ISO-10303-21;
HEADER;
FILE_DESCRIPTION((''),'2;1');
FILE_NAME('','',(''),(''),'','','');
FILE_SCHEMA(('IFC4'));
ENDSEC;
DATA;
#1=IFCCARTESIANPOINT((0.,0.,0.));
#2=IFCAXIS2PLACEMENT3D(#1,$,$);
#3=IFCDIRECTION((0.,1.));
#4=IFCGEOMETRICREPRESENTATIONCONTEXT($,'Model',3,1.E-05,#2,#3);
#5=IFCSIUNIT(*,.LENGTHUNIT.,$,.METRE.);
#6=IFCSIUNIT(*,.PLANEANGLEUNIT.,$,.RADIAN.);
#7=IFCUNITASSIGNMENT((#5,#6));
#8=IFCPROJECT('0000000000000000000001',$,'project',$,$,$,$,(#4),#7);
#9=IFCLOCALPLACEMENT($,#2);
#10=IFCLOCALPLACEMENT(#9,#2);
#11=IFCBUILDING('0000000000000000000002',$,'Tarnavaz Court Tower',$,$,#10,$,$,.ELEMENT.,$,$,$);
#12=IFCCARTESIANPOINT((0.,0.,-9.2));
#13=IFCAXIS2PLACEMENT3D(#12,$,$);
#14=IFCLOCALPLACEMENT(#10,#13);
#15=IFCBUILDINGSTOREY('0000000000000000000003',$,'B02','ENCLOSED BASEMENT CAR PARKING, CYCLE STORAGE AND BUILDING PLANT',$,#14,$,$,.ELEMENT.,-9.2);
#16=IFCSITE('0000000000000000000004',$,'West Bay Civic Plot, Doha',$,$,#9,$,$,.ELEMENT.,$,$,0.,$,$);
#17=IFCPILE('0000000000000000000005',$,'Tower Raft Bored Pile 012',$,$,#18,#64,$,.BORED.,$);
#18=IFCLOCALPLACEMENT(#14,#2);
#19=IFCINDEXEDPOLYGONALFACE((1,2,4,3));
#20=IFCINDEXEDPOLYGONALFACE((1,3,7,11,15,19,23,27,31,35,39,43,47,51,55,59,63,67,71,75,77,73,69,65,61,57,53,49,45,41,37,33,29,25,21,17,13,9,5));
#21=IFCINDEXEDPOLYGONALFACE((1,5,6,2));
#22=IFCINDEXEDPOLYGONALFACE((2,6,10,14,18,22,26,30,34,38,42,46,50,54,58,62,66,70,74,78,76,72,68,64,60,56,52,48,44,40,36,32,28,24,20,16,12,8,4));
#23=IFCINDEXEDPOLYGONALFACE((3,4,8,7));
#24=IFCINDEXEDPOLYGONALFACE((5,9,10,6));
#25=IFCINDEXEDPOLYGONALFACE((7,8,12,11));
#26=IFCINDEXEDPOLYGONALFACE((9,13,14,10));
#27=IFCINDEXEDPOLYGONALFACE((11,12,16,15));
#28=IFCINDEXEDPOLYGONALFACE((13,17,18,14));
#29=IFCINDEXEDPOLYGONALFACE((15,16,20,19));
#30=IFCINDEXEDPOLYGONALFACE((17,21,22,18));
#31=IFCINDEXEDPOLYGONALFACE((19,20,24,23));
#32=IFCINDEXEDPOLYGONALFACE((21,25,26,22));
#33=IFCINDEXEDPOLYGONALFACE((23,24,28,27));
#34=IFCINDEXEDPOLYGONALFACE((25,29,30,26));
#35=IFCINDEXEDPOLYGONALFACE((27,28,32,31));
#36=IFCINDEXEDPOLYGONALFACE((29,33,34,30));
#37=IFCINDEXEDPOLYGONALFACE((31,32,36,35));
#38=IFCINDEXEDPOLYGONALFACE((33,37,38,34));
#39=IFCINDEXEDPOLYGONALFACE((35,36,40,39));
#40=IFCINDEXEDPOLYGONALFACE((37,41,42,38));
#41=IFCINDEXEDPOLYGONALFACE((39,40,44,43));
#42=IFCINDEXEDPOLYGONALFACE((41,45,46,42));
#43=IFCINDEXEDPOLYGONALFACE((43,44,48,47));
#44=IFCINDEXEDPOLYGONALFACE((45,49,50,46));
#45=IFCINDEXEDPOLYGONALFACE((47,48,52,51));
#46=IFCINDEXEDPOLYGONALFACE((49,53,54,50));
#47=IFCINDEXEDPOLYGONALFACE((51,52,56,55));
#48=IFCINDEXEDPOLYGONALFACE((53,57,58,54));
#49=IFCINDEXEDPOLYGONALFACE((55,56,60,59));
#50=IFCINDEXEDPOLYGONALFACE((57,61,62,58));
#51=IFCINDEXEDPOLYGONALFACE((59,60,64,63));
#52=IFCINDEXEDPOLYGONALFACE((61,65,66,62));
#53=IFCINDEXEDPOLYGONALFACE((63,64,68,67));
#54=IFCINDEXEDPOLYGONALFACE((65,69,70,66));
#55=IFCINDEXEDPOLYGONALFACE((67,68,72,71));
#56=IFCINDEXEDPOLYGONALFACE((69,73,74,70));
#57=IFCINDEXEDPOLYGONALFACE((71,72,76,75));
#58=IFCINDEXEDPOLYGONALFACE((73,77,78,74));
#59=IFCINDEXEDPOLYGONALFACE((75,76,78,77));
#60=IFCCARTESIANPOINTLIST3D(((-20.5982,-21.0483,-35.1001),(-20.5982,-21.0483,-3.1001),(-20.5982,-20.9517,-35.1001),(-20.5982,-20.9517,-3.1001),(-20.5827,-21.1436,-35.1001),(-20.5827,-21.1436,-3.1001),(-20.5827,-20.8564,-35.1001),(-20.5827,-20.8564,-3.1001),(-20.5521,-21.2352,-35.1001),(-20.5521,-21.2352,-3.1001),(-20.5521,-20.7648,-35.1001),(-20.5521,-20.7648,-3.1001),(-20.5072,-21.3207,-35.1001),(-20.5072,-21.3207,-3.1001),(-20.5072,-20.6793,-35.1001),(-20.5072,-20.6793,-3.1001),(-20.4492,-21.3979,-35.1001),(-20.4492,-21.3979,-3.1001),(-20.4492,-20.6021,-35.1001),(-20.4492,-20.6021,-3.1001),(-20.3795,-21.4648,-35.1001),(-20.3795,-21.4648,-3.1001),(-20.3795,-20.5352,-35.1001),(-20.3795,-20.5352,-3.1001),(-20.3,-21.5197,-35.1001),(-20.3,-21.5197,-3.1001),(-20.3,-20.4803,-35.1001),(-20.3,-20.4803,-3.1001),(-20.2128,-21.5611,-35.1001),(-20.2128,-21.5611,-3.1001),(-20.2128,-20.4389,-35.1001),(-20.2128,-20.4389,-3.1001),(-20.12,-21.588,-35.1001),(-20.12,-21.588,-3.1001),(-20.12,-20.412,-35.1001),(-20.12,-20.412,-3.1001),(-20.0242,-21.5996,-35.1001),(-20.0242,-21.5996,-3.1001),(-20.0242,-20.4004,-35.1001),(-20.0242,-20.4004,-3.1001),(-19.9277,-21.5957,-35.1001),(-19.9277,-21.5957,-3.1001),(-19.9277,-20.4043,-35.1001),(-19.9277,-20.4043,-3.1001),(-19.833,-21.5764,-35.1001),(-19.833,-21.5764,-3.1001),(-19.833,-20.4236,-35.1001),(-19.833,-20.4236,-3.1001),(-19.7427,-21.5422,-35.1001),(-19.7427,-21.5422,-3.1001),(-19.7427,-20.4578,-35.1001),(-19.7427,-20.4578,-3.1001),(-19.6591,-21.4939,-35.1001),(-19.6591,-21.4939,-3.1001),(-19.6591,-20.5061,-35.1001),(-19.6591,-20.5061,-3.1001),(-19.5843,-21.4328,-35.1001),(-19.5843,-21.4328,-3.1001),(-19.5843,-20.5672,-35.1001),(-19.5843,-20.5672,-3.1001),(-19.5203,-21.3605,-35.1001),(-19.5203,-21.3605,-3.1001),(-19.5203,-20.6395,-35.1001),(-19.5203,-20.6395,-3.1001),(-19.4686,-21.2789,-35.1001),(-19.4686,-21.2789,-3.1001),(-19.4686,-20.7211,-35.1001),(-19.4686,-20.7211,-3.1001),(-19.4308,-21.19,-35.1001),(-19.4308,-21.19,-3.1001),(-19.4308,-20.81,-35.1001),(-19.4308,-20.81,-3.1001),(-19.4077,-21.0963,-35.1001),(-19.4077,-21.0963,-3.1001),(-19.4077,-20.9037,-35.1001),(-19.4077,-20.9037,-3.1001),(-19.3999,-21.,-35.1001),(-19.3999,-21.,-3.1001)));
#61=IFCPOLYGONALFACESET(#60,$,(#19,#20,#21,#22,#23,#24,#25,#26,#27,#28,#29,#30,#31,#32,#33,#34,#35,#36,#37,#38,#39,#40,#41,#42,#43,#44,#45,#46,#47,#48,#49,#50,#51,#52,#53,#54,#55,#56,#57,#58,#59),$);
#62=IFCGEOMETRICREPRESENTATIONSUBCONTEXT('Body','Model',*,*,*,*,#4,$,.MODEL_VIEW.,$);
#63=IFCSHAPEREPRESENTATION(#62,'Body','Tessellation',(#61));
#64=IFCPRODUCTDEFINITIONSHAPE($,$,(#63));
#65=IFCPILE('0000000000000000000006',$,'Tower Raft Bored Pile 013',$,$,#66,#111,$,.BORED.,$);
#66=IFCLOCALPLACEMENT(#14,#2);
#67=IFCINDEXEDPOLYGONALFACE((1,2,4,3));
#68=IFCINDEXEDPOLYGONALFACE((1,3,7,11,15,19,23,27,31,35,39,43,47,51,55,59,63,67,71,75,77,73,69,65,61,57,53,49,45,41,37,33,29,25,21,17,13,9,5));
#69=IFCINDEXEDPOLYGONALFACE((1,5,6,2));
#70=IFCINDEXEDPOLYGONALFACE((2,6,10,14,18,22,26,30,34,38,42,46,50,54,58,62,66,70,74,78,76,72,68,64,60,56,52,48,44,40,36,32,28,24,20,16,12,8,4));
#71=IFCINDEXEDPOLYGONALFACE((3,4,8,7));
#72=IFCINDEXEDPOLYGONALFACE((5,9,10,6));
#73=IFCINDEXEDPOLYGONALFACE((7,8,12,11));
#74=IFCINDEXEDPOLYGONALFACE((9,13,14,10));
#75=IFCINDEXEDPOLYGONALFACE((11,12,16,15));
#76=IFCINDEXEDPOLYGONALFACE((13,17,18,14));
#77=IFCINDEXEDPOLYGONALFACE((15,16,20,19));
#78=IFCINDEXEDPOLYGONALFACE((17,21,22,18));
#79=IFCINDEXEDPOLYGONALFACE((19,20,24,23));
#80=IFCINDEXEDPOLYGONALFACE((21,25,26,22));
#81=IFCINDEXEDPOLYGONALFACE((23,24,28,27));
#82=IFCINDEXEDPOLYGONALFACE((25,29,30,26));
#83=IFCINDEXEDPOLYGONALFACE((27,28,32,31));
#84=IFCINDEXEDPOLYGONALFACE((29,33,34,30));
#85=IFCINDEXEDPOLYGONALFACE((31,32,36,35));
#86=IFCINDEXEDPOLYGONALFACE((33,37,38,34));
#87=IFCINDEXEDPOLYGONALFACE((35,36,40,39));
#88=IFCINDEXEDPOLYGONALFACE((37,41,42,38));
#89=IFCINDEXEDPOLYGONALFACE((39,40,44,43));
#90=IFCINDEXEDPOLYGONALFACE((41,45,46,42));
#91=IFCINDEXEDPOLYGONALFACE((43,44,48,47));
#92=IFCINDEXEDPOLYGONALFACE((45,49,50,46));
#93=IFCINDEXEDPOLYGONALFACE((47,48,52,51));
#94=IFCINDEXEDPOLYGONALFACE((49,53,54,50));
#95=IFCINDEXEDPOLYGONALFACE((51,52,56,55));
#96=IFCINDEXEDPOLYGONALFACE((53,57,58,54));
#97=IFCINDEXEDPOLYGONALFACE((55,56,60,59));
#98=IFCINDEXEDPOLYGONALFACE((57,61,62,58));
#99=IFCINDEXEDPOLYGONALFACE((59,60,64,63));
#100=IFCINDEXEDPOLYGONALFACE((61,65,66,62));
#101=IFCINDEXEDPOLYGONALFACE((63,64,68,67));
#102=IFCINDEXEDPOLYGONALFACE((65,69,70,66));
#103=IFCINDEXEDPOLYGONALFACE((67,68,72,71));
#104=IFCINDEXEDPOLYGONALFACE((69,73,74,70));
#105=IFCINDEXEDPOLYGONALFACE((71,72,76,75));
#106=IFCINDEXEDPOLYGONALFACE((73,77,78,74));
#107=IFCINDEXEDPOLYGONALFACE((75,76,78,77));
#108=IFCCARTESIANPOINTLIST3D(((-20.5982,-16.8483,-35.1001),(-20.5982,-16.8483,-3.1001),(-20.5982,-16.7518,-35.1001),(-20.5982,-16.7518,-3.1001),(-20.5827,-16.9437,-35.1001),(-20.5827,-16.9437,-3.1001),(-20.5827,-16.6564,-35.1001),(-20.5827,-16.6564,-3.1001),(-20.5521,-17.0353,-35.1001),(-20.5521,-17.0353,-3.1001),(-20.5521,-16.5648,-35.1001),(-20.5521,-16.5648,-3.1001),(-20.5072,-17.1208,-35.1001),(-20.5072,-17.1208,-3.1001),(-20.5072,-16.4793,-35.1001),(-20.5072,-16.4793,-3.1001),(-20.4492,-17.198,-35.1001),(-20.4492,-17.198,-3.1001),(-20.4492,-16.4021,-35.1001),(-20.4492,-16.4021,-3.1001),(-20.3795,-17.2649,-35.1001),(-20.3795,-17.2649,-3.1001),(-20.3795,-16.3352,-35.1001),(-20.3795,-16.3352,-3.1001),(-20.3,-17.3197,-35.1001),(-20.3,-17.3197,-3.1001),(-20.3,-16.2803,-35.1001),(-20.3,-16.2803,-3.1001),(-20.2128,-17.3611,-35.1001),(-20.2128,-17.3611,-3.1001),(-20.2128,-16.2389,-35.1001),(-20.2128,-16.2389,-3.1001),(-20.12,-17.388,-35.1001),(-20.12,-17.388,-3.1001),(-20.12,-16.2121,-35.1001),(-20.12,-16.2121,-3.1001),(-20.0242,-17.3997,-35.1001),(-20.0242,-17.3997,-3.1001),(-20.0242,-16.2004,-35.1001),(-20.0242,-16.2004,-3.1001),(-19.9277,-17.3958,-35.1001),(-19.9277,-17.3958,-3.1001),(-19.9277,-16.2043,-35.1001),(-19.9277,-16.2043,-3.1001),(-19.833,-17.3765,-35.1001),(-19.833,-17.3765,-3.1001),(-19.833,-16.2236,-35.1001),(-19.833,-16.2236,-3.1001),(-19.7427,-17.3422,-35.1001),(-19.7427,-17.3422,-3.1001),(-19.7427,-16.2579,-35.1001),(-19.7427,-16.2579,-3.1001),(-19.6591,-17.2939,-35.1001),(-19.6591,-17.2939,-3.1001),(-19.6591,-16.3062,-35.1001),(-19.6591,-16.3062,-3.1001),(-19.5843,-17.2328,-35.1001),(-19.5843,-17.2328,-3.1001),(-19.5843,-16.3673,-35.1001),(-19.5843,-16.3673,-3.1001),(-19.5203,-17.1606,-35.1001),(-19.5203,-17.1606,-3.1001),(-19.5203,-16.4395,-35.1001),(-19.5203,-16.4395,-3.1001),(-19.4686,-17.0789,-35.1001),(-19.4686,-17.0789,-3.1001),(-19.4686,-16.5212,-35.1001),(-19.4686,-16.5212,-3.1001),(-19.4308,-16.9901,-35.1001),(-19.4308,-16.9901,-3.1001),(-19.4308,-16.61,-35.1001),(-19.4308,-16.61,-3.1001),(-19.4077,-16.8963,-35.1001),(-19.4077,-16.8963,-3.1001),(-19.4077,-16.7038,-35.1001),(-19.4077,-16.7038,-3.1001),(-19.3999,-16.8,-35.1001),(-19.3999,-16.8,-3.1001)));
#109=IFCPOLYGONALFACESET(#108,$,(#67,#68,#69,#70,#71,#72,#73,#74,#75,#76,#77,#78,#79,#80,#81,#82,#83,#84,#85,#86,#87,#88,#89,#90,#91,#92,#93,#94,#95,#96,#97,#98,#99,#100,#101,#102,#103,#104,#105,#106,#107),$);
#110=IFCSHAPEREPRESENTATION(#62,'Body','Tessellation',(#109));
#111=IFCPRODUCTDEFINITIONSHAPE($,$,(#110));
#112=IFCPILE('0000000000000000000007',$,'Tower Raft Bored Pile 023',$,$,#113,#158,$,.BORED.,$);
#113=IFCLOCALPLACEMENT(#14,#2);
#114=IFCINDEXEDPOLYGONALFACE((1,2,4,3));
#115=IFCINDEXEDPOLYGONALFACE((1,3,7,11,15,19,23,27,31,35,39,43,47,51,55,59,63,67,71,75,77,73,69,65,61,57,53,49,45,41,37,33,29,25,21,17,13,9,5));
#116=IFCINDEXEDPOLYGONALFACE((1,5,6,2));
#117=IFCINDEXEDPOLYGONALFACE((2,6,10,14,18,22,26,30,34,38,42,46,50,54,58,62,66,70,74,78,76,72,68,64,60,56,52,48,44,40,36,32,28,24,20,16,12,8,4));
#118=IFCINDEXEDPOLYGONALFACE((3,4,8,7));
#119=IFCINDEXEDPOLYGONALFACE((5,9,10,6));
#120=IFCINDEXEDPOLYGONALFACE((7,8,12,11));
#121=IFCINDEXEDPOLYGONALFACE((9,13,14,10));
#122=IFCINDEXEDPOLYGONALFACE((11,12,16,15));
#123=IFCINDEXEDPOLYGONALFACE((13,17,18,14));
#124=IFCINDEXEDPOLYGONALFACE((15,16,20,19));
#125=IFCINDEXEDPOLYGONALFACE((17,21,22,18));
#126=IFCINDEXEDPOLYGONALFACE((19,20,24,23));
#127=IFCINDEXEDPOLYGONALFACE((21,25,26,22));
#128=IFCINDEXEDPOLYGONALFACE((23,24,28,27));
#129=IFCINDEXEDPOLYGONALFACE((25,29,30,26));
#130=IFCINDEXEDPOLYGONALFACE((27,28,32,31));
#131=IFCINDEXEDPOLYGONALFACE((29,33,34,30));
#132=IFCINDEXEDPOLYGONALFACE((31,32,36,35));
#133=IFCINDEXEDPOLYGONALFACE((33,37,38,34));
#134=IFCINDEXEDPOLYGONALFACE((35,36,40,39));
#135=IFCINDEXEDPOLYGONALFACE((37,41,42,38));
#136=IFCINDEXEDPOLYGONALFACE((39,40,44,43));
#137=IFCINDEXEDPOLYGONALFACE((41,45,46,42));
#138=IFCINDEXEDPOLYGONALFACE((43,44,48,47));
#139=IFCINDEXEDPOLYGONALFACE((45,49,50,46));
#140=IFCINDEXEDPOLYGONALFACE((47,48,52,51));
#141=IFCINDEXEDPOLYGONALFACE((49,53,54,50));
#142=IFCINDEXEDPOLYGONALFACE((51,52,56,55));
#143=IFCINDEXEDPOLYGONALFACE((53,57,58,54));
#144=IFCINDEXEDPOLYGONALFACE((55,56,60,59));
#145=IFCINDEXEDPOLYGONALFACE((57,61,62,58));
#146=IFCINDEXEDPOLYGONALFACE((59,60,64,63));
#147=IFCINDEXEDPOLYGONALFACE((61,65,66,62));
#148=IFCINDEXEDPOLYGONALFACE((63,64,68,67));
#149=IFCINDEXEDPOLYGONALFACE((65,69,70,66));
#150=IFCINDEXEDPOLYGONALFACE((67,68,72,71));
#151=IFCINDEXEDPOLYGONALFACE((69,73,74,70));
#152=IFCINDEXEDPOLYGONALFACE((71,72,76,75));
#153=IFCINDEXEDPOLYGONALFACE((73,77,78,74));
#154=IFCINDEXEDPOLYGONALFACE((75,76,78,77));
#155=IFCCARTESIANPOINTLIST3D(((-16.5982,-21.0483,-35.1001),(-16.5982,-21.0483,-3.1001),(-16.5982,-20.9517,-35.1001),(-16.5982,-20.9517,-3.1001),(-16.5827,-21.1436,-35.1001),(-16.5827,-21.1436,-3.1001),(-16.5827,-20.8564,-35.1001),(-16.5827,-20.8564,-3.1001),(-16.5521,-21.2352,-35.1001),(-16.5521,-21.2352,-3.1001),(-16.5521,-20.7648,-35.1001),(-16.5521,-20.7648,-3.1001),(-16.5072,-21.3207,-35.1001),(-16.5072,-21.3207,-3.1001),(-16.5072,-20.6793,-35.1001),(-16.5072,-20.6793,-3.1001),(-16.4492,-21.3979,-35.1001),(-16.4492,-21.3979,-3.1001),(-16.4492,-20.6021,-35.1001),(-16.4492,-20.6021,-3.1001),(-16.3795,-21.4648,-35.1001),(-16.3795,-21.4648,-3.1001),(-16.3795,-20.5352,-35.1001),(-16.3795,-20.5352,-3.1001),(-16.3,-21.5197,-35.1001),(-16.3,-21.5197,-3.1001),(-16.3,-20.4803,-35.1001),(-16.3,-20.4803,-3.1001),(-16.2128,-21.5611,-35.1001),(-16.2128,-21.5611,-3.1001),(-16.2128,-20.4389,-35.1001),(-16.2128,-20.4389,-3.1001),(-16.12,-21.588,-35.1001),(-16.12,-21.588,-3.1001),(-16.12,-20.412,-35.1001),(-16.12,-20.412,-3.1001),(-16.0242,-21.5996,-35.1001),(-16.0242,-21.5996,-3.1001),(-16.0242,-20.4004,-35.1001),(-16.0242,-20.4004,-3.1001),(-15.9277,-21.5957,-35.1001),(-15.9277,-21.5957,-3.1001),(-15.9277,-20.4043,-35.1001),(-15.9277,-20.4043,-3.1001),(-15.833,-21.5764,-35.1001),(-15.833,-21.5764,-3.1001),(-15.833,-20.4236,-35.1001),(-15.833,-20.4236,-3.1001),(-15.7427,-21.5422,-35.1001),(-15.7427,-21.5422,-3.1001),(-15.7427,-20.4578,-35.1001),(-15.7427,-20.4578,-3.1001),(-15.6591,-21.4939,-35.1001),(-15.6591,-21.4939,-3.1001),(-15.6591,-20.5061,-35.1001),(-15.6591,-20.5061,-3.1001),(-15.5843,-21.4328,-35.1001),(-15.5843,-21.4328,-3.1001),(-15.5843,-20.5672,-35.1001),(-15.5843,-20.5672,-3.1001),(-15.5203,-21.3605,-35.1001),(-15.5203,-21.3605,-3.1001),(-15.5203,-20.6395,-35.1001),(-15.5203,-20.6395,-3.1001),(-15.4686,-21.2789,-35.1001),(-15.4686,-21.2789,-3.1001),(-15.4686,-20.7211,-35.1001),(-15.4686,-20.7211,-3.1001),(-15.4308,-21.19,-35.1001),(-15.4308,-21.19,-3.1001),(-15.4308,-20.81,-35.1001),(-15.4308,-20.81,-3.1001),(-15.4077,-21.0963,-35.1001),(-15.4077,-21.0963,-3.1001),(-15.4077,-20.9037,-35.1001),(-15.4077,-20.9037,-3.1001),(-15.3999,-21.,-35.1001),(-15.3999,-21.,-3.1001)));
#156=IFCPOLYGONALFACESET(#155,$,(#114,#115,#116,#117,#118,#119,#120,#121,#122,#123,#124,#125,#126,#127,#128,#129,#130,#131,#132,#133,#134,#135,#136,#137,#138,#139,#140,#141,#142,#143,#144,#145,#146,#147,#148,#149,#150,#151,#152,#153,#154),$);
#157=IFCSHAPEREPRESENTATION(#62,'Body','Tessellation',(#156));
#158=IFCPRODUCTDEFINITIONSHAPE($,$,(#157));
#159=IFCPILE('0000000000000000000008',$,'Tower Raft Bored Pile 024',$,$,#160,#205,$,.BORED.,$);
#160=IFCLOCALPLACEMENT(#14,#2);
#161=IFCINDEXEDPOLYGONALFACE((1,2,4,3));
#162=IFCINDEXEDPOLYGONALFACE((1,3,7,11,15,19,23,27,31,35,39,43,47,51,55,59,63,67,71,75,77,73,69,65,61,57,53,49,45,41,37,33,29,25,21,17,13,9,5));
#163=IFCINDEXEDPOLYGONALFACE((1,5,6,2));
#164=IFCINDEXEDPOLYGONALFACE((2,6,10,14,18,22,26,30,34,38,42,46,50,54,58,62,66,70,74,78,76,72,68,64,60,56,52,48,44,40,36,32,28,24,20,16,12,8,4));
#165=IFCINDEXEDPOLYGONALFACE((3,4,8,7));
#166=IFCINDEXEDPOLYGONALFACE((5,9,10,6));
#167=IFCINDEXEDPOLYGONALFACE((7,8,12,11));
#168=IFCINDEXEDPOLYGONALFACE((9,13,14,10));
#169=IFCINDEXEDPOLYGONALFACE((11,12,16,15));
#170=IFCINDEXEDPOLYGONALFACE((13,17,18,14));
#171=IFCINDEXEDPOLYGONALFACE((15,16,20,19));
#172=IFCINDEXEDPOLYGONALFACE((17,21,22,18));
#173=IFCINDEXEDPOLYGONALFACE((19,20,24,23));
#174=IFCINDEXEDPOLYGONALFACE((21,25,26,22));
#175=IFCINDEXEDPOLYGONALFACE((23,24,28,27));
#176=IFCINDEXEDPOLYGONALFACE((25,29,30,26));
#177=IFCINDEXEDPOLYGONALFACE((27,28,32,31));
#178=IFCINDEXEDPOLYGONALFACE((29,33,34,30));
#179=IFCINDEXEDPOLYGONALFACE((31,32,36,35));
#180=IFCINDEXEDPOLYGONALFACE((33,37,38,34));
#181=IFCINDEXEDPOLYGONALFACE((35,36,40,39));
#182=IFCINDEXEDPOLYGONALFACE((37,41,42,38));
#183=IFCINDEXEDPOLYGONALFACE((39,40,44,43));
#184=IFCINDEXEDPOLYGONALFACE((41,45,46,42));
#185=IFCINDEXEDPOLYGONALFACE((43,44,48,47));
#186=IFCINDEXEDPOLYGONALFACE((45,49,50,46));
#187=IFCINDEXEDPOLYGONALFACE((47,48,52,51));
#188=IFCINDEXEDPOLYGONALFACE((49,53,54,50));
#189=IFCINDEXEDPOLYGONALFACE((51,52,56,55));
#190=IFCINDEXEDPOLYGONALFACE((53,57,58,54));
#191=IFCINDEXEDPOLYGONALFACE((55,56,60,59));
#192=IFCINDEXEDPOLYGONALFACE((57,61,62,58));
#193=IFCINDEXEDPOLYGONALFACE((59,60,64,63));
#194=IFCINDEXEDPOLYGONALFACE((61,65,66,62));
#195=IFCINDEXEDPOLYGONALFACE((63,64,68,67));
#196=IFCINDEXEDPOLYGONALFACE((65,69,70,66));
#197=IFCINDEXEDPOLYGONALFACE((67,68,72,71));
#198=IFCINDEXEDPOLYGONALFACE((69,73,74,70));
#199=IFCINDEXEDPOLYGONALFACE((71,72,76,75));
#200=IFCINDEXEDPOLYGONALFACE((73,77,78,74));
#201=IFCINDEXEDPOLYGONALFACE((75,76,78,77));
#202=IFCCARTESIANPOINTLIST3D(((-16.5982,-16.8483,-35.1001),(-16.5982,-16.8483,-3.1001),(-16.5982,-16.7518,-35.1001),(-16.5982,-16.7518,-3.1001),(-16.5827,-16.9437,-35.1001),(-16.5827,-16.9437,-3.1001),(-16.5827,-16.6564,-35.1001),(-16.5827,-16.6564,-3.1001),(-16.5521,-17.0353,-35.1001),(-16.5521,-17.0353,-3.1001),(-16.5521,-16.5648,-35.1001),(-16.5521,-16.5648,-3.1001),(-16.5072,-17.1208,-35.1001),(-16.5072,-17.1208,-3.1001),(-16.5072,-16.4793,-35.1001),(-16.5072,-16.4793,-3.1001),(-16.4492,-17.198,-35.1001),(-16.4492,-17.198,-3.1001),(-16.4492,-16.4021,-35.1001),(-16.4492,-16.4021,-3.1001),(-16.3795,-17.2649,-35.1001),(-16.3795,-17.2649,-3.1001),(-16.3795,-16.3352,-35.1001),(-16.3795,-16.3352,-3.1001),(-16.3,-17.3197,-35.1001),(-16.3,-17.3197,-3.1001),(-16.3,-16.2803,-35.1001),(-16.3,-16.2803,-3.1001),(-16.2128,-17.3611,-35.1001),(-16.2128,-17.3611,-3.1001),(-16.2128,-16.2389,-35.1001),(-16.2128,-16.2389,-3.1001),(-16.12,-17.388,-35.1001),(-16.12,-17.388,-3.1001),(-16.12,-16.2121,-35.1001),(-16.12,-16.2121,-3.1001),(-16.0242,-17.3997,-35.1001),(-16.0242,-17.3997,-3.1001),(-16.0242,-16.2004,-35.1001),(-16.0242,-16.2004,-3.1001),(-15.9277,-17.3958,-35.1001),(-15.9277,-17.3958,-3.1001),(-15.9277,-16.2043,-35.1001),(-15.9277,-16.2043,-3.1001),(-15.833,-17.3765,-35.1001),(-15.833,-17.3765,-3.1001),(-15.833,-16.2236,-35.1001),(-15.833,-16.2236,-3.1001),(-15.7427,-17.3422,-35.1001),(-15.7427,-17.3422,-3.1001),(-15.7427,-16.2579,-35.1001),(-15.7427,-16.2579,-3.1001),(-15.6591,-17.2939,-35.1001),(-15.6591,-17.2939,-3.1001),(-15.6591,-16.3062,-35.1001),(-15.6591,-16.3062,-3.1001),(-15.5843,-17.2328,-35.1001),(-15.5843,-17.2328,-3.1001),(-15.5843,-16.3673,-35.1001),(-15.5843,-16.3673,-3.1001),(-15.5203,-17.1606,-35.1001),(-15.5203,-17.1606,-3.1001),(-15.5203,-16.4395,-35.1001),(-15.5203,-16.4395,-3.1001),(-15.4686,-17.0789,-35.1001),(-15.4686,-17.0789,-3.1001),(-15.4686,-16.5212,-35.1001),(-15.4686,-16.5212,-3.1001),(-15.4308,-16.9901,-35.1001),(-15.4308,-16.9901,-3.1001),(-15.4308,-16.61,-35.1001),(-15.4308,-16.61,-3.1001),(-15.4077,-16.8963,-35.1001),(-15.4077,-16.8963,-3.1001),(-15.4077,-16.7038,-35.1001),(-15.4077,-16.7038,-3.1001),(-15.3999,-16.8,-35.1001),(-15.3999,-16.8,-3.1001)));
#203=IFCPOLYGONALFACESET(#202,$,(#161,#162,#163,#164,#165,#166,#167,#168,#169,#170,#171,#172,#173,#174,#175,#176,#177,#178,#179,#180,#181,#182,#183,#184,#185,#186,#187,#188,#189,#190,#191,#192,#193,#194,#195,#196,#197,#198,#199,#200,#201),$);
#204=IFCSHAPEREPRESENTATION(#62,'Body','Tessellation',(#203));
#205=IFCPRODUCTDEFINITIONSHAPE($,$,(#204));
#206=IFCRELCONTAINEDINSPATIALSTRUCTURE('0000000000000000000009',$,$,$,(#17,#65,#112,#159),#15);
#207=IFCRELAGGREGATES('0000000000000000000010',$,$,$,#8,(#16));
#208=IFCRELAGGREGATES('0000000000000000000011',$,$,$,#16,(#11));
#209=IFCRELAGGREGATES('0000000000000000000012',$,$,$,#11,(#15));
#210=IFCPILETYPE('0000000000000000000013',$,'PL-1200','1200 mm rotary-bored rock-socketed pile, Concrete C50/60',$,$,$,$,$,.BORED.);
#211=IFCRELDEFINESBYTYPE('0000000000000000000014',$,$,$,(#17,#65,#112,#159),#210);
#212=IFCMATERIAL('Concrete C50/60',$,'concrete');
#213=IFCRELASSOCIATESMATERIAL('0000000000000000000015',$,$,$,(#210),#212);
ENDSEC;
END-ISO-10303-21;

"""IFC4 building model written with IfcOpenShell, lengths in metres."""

from ifc_helpers import new_model, si_unit, direction, frame, origin, origin_2d, place, context, subcontext, project, spatial, circle, extrude, material, material_profile, profile_set, type_object, element, save


model = new_model("IFC4")

# Units and contexts
model_context = context("Model", 3, precision=1e-05, world=origin(), true_north=direction((0.0, 1.0)))
body_context = subcontext(model_context, "Body", "Model", "MODEL_VIEW")
ifc_project = project(units=[si_unit("LENGTHUNIT", "METRE"), si_unit("PLANEANGLEUNIT", "RADIAN")], contexts=[model_context])

# Site, building, storey
site_placement = place(None, origin())
site = spatial("IfcSite", under=ifc_project, at=site_placement, Name="West Bay Civic Plot, Doha", CompositionType="ELEMENT", RefElevation=0.0)
building_placement = place(site_placement, origin())
building = spatial("IfcBuilding", under=site, at=building_placement, Name="Tarnavaz Court Tower", CompositionType="ELEMENT")
storey_placement = place(building_placement, frame((0.0, 0.0, -9.2)))
storey = spatial("IfcBuildingStorey", under=building, at=storey_placement, Name="B02", Description="ENCLOSED BASEMENT CAR PARKING, CYCLE STORAGE AND BUILDING PLANT", CompositionType="ELEMENT", Elevation=-9.2)

# Shared definitions
ifc_material_1 = material(Name="Concrete C50/60", Category="concrete")

# Piles
ifc_material_profile_1 = material_profile(ifc_material_1, circle(Radius=0.6001, at=origin_2d()), Name="PILE D1200")
ifc_profile_set_1 = profile_set([ifc_material_profile_1], Name="Concrete C50/60")
pile_type_1 = type_object("IfcPileType", Name="PL-1200", Description="1200 mm rotary-bored rock-socketed pile, Concrete C50/60", PredefinedType="BORED", material=ifc_profile_set_1)
for number, where, z_axis, x_axis, name in (
    (1, (-20.0, -21.0, -3.1001), (0.0, 0.0, -1.0), (1.0, 0.0, 0.0), "Tower Raft Bored Pile 012"),
    (2, (-20.0, -16.8, -3.1001), (0.0, 0.0, -1.0), (1.0, 0.0, 0.0), "Tower Raft Bored Pile 013"),
    (3, (-16.0, -21.0, -3.1001), (0.0, 0.0, -1.0), (1.0, 0.0, 0.0), "Tower Raft Bored Pile 023"),
    (4, (-16.0, -16.8, -3.1001), (0.0, 0.0, -1.0), (1.0, 0.0, 0.0), "Tower Raft Bored Pile 024"),
):
    element("IfcPile", number, at=place(storey_placement, frame(where, z_axis=z_axis, x_axis=x_axis)), inside=storey, type_object=pile_type_1, Name=name, PredefinedType="BORED", context=body_context, shape_type="SweptSolid", body=[
        extrude(circle(Radius=0.6001, at=origin_2d()), origin(), (0.0, 0.0, 1.0), 32.0),
    ])

save(model, "model.ifc")
